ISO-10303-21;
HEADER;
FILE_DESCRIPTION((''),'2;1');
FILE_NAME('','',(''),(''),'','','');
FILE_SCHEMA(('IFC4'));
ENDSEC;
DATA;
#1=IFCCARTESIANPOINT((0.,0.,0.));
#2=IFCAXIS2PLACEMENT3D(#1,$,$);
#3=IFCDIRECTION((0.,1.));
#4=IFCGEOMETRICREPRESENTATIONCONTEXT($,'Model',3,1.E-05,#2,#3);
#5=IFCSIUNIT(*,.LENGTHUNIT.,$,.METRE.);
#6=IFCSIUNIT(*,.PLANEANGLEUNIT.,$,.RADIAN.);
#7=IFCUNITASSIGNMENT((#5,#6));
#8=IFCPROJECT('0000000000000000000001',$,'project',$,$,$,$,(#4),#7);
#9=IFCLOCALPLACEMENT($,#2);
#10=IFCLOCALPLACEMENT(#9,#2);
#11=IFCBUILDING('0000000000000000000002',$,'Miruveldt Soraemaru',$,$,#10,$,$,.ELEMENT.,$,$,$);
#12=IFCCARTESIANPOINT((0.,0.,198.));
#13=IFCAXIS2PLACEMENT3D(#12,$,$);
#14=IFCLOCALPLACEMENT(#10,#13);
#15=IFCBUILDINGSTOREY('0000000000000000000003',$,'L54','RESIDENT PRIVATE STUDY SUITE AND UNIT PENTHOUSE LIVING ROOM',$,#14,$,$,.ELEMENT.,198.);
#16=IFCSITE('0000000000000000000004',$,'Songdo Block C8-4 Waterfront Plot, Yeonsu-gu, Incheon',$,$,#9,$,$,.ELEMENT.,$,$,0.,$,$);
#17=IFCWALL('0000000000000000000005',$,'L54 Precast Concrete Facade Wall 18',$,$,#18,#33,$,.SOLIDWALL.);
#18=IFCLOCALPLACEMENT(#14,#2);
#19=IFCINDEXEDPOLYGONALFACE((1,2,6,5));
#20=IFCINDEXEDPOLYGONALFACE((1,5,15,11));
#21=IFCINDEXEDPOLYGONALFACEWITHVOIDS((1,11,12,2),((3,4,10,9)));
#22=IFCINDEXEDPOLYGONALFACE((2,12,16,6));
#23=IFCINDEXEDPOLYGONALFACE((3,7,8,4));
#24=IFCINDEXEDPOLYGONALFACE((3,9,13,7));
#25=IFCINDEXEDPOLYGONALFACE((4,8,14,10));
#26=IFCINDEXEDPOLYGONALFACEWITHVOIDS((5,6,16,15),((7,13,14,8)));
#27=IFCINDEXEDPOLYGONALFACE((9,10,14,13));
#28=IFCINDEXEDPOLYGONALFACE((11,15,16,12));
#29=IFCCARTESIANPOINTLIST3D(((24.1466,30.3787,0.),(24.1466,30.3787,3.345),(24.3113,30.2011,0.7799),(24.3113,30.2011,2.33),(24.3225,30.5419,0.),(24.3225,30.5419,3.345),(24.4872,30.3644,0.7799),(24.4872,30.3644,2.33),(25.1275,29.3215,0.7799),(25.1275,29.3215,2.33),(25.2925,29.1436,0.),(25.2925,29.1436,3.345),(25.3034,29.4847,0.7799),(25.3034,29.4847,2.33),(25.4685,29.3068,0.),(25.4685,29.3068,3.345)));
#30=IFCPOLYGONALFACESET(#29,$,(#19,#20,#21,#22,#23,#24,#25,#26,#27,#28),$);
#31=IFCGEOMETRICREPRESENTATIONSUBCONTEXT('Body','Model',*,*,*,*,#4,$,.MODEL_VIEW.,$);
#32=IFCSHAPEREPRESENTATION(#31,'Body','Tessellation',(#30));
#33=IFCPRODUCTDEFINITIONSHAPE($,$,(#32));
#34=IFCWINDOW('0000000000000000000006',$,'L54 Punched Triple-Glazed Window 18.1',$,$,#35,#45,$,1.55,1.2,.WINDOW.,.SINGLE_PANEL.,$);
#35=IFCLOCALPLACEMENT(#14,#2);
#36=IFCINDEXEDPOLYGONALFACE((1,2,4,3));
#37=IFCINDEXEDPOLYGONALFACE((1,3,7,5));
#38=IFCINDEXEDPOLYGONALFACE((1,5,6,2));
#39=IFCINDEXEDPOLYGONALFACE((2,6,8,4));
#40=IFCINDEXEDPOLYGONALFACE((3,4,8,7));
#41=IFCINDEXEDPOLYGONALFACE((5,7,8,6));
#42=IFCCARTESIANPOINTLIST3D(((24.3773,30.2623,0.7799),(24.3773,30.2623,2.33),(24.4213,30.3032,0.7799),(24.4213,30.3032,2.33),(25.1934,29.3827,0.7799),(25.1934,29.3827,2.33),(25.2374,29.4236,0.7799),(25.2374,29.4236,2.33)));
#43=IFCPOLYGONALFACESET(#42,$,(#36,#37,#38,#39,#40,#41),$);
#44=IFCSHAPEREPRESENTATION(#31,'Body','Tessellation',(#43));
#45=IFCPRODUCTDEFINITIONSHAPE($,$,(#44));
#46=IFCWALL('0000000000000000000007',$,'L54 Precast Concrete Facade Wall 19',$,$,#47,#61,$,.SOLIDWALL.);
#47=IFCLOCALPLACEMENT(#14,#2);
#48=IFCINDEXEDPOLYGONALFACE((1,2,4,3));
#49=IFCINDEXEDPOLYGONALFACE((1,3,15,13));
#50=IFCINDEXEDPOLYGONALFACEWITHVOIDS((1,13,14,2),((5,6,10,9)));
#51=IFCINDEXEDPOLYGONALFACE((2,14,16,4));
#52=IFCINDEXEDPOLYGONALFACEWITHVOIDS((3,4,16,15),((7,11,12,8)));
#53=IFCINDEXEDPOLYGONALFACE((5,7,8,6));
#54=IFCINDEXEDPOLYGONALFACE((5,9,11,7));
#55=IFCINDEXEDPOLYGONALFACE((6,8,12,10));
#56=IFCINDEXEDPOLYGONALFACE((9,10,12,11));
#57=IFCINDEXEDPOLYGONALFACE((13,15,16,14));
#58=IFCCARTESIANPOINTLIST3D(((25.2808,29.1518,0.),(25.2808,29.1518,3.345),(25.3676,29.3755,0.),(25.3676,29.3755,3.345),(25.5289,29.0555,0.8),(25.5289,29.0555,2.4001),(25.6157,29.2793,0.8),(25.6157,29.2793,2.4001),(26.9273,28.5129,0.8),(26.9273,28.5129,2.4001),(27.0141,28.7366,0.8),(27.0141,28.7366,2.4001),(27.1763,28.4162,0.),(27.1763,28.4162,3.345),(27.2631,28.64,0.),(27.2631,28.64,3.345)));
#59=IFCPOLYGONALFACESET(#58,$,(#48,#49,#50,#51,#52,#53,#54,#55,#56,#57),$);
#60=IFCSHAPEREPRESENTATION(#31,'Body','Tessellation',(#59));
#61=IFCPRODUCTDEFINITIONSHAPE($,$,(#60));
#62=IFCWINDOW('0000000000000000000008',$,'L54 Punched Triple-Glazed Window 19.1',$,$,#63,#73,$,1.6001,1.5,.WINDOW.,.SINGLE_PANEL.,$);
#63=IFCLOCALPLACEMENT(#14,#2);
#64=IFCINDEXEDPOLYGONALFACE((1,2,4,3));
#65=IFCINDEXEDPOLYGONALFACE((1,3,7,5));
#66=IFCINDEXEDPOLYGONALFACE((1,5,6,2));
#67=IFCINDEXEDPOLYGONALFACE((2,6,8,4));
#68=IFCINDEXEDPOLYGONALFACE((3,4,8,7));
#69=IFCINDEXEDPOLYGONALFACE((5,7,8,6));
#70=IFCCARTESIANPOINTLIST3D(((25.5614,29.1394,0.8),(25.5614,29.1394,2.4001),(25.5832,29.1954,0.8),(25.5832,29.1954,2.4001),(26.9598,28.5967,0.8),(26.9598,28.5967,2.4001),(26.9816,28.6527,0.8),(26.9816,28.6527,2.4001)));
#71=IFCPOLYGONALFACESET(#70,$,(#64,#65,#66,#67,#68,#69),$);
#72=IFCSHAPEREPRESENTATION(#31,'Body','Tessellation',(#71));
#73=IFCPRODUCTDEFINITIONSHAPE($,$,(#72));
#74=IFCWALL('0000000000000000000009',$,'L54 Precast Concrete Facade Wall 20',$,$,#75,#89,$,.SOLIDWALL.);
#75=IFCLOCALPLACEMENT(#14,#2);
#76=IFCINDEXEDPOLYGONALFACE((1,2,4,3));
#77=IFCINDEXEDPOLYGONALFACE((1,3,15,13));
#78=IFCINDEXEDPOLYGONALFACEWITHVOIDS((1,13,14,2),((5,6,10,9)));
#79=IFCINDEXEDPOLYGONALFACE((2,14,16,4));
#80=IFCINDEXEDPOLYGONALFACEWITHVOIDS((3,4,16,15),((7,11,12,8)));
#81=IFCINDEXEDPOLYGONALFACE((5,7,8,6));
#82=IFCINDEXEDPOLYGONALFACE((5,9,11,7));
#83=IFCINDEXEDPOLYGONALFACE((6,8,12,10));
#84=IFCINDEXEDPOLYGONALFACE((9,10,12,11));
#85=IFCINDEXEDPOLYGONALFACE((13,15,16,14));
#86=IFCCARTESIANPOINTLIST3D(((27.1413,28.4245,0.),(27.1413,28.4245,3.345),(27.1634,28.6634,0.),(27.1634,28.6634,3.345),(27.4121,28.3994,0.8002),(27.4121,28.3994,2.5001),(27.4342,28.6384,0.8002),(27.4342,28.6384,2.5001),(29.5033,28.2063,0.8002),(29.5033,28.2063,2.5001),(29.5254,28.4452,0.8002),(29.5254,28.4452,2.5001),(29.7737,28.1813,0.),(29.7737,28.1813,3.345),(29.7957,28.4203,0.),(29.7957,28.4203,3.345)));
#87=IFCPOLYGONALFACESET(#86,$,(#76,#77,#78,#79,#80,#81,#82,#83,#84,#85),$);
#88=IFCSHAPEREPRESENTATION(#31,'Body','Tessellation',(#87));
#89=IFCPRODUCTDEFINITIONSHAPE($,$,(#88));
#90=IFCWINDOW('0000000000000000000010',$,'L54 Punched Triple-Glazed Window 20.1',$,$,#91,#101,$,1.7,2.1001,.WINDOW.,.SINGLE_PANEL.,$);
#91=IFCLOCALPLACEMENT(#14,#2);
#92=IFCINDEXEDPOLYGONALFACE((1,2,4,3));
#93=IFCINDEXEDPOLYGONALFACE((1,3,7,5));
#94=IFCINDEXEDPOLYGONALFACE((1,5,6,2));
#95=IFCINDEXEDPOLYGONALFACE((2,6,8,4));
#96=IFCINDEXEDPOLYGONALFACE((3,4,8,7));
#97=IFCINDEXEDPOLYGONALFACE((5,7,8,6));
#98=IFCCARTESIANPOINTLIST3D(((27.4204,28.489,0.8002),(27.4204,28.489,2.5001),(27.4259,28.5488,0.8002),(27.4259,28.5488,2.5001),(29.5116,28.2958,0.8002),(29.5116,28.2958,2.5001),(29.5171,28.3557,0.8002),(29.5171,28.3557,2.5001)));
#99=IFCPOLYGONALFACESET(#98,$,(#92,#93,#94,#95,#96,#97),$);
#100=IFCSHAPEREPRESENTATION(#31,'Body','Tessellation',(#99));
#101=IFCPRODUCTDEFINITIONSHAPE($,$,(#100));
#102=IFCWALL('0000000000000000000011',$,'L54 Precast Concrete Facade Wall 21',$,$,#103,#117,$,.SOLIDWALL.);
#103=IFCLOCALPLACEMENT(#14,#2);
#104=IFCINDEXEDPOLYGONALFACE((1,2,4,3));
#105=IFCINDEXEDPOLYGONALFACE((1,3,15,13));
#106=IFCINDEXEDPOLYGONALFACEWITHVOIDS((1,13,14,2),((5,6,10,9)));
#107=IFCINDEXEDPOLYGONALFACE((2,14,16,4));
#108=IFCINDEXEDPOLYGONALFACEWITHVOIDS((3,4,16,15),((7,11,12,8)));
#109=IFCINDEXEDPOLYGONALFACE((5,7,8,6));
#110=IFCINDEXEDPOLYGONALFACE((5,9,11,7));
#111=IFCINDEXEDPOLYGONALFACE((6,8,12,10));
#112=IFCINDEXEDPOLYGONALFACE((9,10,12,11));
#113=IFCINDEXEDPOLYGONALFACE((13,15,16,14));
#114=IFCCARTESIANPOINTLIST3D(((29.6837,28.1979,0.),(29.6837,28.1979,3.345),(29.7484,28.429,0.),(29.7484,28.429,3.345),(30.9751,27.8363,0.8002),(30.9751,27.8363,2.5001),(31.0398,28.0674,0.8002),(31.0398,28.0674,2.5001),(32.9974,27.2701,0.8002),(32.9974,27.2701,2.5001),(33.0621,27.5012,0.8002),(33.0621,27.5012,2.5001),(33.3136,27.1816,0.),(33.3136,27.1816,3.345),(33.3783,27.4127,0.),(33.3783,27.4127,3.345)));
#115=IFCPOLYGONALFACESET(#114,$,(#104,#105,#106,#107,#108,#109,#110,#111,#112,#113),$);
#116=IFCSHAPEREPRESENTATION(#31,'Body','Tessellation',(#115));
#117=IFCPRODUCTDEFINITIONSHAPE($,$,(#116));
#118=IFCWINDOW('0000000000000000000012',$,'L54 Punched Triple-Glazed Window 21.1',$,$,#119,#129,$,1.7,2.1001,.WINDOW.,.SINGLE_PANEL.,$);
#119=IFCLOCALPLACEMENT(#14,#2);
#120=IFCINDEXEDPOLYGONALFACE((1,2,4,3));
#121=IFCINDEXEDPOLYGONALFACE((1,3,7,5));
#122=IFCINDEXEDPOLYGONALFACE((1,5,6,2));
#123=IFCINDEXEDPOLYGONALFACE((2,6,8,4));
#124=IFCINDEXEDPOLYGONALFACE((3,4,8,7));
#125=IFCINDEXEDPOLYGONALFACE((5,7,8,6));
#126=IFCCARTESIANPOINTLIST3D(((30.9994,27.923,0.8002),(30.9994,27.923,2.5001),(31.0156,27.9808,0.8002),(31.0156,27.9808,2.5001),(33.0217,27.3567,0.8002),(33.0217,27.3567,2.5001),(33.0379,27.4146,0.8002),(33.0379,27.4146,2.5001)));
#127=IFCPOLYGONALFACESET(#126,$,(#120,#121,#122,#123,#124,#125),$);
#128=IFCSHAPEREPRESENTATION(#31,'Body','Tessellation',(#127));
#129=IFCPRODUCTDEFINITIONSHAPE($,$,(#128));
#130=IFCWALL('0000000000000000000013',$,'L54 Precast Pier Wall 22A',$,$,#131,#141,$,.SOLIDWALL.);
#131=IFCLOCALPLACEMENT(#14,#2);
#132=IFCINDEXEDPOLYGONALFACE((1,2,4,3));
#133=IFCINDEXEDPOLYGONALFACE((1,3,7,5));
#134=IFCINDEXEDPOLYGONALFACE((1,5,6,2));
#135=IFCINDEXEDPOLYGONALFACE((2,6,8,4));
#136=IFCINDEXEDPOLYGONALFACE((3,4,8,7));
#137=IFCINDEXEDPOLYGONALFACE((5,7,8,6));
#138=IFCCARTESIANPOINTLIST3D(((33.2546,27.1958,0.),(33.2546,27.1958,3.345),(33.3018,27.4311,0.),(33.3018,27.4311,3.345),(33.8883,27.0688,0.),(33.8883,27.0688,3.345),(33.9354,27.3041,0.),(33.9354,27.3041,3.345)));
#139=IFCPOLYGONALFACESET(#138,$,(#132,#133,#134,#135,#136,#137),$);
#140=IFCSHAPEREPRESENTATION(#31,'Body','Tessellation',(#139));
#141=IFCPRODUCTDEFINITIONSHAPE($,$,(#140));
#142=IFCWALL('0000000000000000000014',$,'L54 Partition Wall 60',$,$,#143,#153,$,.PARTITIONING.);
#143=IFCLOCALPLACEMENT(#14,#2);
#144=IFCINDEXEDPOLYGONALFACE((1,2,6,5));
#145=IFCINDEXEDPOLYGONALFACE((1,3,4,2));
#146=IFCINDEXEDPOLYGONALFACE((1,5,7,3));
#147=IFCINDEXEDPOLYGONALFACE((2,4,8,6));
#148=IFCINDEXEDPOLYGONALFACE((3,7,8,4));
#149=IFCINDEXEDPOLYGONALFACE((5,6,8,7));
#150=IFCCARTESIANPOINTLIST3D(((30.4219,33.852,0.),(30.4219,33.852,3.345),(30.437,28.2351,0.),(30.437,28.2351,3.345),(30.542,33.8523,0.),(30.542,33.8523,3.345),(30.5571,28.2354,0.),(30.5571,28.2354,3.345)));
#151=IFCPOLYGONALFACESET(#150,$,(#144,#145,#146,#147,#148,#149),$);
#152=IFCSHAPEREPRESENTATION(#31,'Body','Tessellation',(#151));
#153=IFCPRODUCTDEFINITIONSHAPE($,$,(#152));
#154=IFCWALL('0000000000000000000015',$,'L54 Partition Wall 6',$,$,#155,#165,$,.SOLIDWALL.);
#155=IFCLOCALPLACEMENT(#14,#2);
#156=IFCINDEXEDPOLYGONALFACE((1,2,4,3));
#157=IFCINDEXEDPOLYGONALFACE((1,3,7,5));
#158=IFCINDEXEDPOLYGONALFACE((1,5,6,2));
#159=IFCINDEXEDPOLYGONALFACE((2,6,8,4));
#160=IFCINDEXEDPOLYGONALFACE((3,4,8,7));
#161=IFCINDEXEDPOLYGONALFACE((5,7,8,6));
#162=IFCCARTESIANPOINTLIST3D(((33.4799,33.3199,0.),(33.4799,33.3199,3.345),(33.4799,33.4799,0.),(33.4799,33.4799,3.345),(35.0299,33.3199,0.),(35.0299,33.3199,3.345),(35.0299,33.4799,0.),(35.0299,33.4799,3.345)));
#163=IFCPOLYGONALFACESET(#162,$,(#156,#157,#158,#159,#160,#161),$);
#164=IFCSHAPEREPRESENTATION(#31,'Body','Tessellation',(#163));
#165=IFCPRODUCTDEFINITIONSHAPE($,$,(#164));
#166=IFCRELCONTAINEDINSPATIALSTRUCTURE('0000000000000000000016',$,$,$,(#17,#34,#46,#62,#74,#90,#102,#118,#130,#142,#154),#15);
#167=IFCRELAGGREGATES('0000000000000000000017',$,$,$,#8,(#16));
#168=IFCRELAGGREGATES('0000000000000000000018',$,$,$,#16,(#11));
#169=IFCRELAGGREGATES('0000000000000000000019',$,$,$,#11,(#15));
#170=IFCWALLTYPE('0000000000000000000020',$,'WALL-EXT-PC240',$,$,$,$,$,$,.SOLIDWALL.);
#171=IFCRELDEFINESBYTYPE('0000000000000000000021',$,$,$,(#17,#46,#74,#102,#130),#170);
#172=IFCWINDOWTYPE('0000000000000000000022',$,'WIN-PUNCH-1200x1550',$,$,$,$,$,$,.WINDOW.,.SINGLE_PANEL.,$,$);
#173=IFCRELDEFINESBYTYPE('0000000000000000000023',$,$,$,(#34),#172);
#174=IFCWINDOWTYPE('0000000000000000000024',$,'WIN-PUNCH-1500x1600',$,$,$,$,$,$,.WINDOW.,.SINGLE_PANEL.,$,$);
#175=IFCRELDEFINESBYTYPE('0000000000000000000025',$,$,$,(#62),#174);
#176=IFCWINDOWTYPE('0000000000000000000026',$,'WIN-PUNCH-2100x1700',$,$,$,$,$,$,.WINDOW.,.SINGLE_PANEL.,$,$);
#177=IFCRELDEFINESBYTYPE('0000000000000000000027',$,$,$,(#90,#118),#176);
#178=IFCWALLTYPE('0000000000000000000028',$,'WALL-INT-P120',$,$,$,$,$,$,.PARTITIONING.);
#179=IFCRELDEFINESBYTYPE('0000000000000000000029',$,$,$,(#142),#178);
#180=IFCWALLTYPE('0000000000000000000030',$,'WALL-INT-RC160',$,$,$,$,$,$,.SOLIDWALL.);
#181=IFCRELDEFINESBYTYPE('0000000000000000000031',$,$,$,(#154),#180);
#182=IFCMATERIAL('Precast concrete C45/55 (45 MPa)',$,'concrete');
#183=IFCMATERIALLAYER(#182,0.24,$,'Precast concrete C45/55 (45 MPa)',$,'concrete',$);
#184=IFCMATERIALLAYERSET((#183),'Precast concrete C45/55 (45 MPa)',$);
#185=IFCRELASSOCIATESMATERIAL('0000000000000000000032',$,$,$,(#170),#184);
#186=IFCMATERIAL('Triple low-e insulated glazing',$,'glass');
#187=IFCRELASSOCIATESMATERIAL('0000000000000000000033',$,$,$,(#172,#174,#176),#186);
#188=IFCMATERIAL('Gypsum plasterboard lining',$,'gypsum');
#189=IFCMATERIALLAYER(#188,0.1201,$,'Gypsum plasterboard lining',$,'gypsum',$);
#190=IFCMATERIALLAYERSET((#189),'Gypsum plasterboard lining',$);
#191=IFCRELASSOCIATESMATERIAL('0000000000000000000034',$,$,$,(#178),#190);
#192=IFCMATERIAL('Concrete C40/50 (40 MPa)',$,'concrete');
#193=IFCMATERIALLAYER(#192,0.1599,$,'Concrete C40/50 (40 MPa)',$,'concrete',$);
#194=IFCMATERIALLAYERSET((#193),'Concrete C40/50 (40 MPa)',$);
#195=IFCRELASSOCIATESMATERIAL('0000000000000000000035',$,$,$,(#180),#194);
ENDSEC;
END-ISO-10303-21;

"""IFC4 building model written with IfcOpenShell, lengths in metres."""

from ifc_helpers import new_model, si_unit, direction, frame, frame_2d, origin, place, context, subcontext, project, spatial, rectangle, extrude, material, layer, layer_set, type_object, element, fill, save


model = new_model("IFC4")

# Units and contexts
model_context = context("Model", 3, precision=1e-05, world=origin(), true_north=direction((0.0, 1.0)))
body_context = subcontext(model_context, "Body", "Model", "MODEL_VIEW")
ifc_project = project(units=[si_unit("LENGTHUNIT", "METRE"), si_unit("PLANEANGLEUNIT", "RADIAN")], contexts=[model_context])

# Site, building, storey
site_placement = place(None, origin())
site = spatial("IfcSite", under=ifc_project, at=site_placement, Name="Songdo Block C8-4 Waterfront Plot, Yeonsu-gu, Incheon", CompositionType="ELEMENT", RefElevation=0.0)
building_placement = place(site_placement, origin())
building = spatial("IfcBuilding", under=site, at=building_placement, Name="Miruveldt Soraemaru", CompositionType="ELEMENT")
storey_placement = place(building_placement, frame((0.0, 0.0, 198.0)))
storey = spatial("IfcBuildingStorey", under=building, at=storey_placement, Name="L54", Description="RESIDENT PRIVATE STUDY SUITE AND UNIT PENTHOUSE LIVING ROOM", CompositionType="ELEMENT", Elevation=198.0)

# Shared definitions
ifc_material_1 = material(Name="Concrete C40/50 (40 MPa)", Category="concrete")

# Walls, openings, windows
ifc_material_2 = material(Name="Precast concrete C45/55 (45 MPa)", Category="concrete")
ifc_layer_1 = layer(ifc_material_2, 0.24, Name="Precast concrete C45/55 (45 MPa)", Category="concrete")
ifc_layer_set_1 = layer_set([ifc_layer_1], Name="Precast concrete C45/55 (45 MPa)")
wall_type_1 = type_object("IfcWallType", Name="WALL-EXT-PC240", PredefinedType="SOLIDWALL", material=ifc_layer_set_1)
ifc_material_3 = material(Name="Triple low-e insulated glazing", Category="glass")
window_type_1 = type_object("IfcWindowType", Name="WIN-PUNCH-1200x1550", PartitioningType="SINGLE_PANEL", PredefinedType="WINDOW", material=ifc_material_3)
wall_1_placement = place(storey_placement, frame((24.2346, 30.4602, 0.0), z_axis=(0.0, 0.0, 1.0), x_axis=(0.680168, -0.733057, 0.0)))
wall_1 = element("IfcWall", 1, at=wall_1_placement, inside=storey, type_object=wall_type_1, Name="L54 Precast Concrete Facade Wall 18", PredefinedType="SOLIDWALL", context=body_context, shape_type="SweptSolid", body=[
    extrude(rectangle(XDim=1.6848, YDim=0.24, at=frame_2d((0.8423, 0.0))), origin(), (0.0, 0.0, 1.0), 3.345),
])
opening_1_placement = place(wall_1_placement, frame((0.2419, 0.0, 0.78)))
opening_1 = element("IfcOpeningElement", 2, at=opening_1_placement, cuts=wall_1, PredefinedType="OPENING", context=body_context, shape_type="SweptSolid", body=[
    extrude(rectangle(XDim=1.2, YDim=1.55, at=frame_2d((0.6001, 0.7749))), frame((0.0, 0.1299, 0.0), z_axis=(0.0, -1.0, 0.0), x_axis=(1.0, 0.0, 0.0)), (0.0, 0.0, 1.0), 0.26),
])
window_1_placement = place(opening_1_placement, origin())
window_1 = element("IfcWindow", 3, at=window_1_placement, inside=storey, type_object=window_type_1, Name="L54 Punched Triple-Glazed Window 18.1", OverallHeight=1.55, OverallWidth=1.2, PartitioningType="SINGLE_PANEL", PredefinedType="WINDOW", context=body_context, shape_type="SweptSolid", body=[
    extrude(rectangle(XDim=1.2, YDim=1.55, at=frame_2d((0.6001, 0.7749))), frame((0.0, 0.03, 0.0), z_axis=(0.0, -1.0, 0.0), x_axis=(1.0, 0.0, 0.0)), (0.0, 0.0, 1.0), 0.0601),
])
fill(opening_1, window_1)
wall_2_placement = place(storey_placement, frame((25.3242, 29.2637, 0.0), z_axis=(0.0, 0.0, 1.0), x_axis=(0.932261, -0.361786, 0.0)))
wall_2 = element("IfcWall", 4, at=wall_2_placement, inside=storey, type_object=wall_type_1, Name="L54 Precast Concrete Facade Wall 19", PredefinedType="SOLIDWALL", context=body_context, shape_type="SweptSolid", body=[
    extrude(rectangle(XDim=2.0332, YDim=0.24, at=frame_2d((1.0166, 0.0))), origin(), (0.0, 0.0, 1.0), 3.345),
])
opening_2_placement = place(wall_2_placement, frame((0.2661, 0.0, 0.8)))
opening_2 = element("IfcOpeningElement", 5, at=opening_2_placement, cuts=wall_2, PredefinedType="OPENING", context=body_context, shape_type="SweptSolid", body=[
    extrude(rectangle(XDim=1.5, YDim=1.6001, at=frame_2d((0.75, 0.8))), frame((0.0, 0.1299, 0.0), z_axis=(0.0, -1.0, 0.0), x_axis=(1.0, 0.0, 0.0)), (0.0, 0.0, 1.0), 0.26),
])
window_type_2 = type_object("IfcWindowType", Name="WIN-PUNCH-1500x1600", PartitioningType="SINGLE_PANEL", PredefinedType="WINDOW", material=ifc_material_3)
window_2_placement = place(opening_2_placement, origin())
window_2 = element("IfcWindow", 6, at=window_2_placement, inside=storey, type_object=window_type_2, Name="L54 Punched Triple-Glazed Window 19.1", OverallHeight=1.6001, OverallWidth=1.5, PartitioningType="SINGLE_PANEL", PredefinedType="WINDOW", context=body_context, shape_type="SweptSolid", body=[
    extrude(rectangle(XDim=1.5, YDim=1.6001, at=frame_2d((0.75, 0.8))), frame((0.0, 0.03, 0.0), z_axis=(0.0, -1.0, 0.0), x_axis=(1.0, 0.0, 0.0)), (0.0, 0.0, 1.0), 0.0601),
])
fill(opening_2, window_2)
wall_3_placement = place(storey_placement, frame((27.1523, 28.5439, 0.0), z_axis=(0.0, 0.0, 1.0), x_axis=(0.99576, -0.091985, 0.0)))
wall_3 = element("IfcWall", 7, at=wall_3_placement, inside=storey, type_object=wall_type_1, Name="L54 Precast Concrete Facade Wall 20", PredefinedType="SOLIDWALL", context=body_context, shape_type="SweptSolid", body=[
    extrude(rectangle(XDim=2.6436, YDim=0.24, at=frame_2d((1.3218, 0.0))), origin(), (0.0, 0.0, 1.0), 3.345),
])
opening_3_placement = place(wall_3_placement, frame((0.272, 0.0, 0.8)))
opening_3 = element("IfcOpeningElement", 8, at=opening_3_placement, cuts=wall_3, PredefinedType="OPENING", context=body_context, shape_type="SweptSolid", body=[
    extrude(rectangle(XDim=2.1001, YDim=1.7, at=frame_2d((1.05, 0.8501))), frame((0.0, 0.1299, 0.0), z_axis=(0.0, -1.0, 0.0), x_axis=(1.0, 0.0, 0.0)), (0.0, 0.0, 1.0), 0.26),
])
window_type_3 = type_object("IfcWindowType", Name="WIN-PUNCH-2100x1700", PartitioningType="SINGLE_PANEL", PredefinedType="WINDOW", material=ifc_material_3)
window_3_placement = place(opening_3_placement, origin())
window_3 = element("IfcWindow", 9, at=window_3_placement, inside=storey, type_object=window_type_3, Name="L54 Punched Triple-Glazed Window 20.1", OverallHeight=1.7, OverallWidth=2.1001, PartitioningType="SINGLE_PANEL", PredefinedType="WINDOW", context=body_context, shape_type="SweptSolid", body=[
    extrude(rectangle(XDim=2.1001, YDim=1.7, at=frame_2d((1.05, 0.8501))), frame((0.0, 0.03, 0.0), z_axis=(0.0, -1.0, 0.0), x_axis=(1.0, 0.0, 0.0)), (0.0, 0.0, 1.0), 0.0601),
])
fill(opening_3, window_3)
wall_4_placement = place(storey_placement, frame((29.7161, 28.3135, 0.0), z_axis=(0.0, 0.0, 1.0), x_axis=(0.962965, -0.269628, 0.0)))
wall_4 = element("IfcWall", 10, at=wall_4_placement, inside=storey, type_object=wall_type_1, Name="L54 Precast Concrete Facade Wall 21", PredefinedType="SOLIDWALL", context=body_context, shape_type="SweptSolid", body=[
    extrude(rectangle(XDim=3.7695, YDim=0.24, at=frame_2d((1.8848, 0.0))), origin(), (0.0, 0.0, 1.0), 3.345),
])
opening_4_placement = place(wall_4_placement, frame((1.3411, 0.0, 0.8)))
opening_4 = element("IfcOpeningElement", 11, at=opening_4_placement, cuts=wall_4, PredefinedType="OPENING", context=body_context, shape_type="SweptSolid", body=[
    extrude(rectangle(XDim=2.1001, YDim=1.7, at=frame_2d((1.05, 0.8501))), frame((0.0, 0.1299, 0.0), z_axis=(0.0, -1.0, 0.0), x_axis=(1.0, 0.0, 0.0)), (0.0, 0.0, 1.0), 0.26),
])
window_4_placement = place(opening_4_placement, origin())
window_4 = element("IfcWindow", 12, at=window_4_placement, inside=storey, type_object=window_type_3, Name="L54 Punched Triple-Glazed Window 21.1", OverallHeight=1.7, OverallWidth=2.1001, PartitioningType="SINGLE_PANEL", PredefinedType="WINDOW", context=body_context, shape_type="SweptSolid", body=[
    extrude(rectangle(XDim=2.1001, YDim=1.7, at=frame_2d((1.05, 0.8501))), frame((0.0, 0.03, 0.0), z_axis=(0.0, -1.0, 0.0), x_axis=(1.0, 0.0, 0.0)), (0.0, 0.0, 1.0), 0.0601),
])
fill(opening_4, window_4)

# Walls
wall_5_placement = place(storey_placement, frame((33.2781, 27.3135, 0.0), z_axis=(0.0, 0.0, 1.0), x_axis=(0.980508, -0.196479, 0.0)))
element("IfcWall", 13, at=wall_5_placement, inside=storey, type_object=wall_type_1, Name="L54 Precast Pier Wall 22A", PredefinedType="SOLIDWALL", context=body_context, shape_type="SweptSolid", body=[
    extrude(rectangle(XDim=0.6462, YDim=0.24, at=frame_2d((0.3232, 0.0))), origin(), (0.0, 0.0, 1.0), 3.345),
])
ifc_material_4 = material(Name="Gypsum plasterboard lining", Category="gypsum")
ifc_layer_2 = layer(ifc_material_4, 0.1201, Name="Gypsum plasterboard lining", Category="gypsum")
ifc_layer_set_2 = layer_set([ifc_layer_2], Name="Gypsum plasterboard lining")
wall_type_2 = type_object("IfcWallType", Name="WALL-INT-P120", PredefinedType="PARTITIONING", material=ifc_layer_set_2)
wall_6_placement = place(storey_placement, frame((30.4971, 28.2351, 0.0), z_axis=(0.0, 0.0, 1.0), x_axis=(-0.002695, 0.999996, 0.0)))
element("IfcWall", 14, at=wall_6_placement, inside=storey, type_object=wall_type_2, Name="L54 Partition Wall 60", PredefinedType="PARTITIONING", context=body_context, shape_type="SweptSolid", body=[
    extrude(rectangle(XDim=5.6169, YDim=0.1201, at=frame_2d((2.8086, 0.0))), origin(), (0.0, 0.0, 1.0), 3.345),
])
ifc_layer_3 = layer(ifc_material_1, 0.1599, Name="Concrete C40/50 (40 MPa)", Category="concrete")
ifc_layer_set_3 = layer_set([ifc_layer_3], Name="Concrete C40/50 (40 MPa)")
wall_type_3 = type_object("IfcWallType", Name="WALL-INT-RC160", PredefinedType="SOLIDWALL", material=ifc_layer_set_3)
wall_7_placement = place(storey_placement, frame((33.48, 33.3999, 0.0), z_axis=(0.0, 0.0, 1.0), x_axis=(1.0, 0.0, 0.0)))
element("IfcWall", 15, at=wall_7_placement, inside=storey, type_object=wall_type_3, Name="L54 Partition Wall 6", PredefinedType="SOLIDWALL", context=body_context, shape_type="SweptSolid", body=[
    extrude(rectangle(XDim=1.55, YDim=0.1599, at=frame_2d((0.7749, 0.0))), origin(), (0.0, 0.0, 1.0), 3.345),
])

save(model, "model.ifc")
